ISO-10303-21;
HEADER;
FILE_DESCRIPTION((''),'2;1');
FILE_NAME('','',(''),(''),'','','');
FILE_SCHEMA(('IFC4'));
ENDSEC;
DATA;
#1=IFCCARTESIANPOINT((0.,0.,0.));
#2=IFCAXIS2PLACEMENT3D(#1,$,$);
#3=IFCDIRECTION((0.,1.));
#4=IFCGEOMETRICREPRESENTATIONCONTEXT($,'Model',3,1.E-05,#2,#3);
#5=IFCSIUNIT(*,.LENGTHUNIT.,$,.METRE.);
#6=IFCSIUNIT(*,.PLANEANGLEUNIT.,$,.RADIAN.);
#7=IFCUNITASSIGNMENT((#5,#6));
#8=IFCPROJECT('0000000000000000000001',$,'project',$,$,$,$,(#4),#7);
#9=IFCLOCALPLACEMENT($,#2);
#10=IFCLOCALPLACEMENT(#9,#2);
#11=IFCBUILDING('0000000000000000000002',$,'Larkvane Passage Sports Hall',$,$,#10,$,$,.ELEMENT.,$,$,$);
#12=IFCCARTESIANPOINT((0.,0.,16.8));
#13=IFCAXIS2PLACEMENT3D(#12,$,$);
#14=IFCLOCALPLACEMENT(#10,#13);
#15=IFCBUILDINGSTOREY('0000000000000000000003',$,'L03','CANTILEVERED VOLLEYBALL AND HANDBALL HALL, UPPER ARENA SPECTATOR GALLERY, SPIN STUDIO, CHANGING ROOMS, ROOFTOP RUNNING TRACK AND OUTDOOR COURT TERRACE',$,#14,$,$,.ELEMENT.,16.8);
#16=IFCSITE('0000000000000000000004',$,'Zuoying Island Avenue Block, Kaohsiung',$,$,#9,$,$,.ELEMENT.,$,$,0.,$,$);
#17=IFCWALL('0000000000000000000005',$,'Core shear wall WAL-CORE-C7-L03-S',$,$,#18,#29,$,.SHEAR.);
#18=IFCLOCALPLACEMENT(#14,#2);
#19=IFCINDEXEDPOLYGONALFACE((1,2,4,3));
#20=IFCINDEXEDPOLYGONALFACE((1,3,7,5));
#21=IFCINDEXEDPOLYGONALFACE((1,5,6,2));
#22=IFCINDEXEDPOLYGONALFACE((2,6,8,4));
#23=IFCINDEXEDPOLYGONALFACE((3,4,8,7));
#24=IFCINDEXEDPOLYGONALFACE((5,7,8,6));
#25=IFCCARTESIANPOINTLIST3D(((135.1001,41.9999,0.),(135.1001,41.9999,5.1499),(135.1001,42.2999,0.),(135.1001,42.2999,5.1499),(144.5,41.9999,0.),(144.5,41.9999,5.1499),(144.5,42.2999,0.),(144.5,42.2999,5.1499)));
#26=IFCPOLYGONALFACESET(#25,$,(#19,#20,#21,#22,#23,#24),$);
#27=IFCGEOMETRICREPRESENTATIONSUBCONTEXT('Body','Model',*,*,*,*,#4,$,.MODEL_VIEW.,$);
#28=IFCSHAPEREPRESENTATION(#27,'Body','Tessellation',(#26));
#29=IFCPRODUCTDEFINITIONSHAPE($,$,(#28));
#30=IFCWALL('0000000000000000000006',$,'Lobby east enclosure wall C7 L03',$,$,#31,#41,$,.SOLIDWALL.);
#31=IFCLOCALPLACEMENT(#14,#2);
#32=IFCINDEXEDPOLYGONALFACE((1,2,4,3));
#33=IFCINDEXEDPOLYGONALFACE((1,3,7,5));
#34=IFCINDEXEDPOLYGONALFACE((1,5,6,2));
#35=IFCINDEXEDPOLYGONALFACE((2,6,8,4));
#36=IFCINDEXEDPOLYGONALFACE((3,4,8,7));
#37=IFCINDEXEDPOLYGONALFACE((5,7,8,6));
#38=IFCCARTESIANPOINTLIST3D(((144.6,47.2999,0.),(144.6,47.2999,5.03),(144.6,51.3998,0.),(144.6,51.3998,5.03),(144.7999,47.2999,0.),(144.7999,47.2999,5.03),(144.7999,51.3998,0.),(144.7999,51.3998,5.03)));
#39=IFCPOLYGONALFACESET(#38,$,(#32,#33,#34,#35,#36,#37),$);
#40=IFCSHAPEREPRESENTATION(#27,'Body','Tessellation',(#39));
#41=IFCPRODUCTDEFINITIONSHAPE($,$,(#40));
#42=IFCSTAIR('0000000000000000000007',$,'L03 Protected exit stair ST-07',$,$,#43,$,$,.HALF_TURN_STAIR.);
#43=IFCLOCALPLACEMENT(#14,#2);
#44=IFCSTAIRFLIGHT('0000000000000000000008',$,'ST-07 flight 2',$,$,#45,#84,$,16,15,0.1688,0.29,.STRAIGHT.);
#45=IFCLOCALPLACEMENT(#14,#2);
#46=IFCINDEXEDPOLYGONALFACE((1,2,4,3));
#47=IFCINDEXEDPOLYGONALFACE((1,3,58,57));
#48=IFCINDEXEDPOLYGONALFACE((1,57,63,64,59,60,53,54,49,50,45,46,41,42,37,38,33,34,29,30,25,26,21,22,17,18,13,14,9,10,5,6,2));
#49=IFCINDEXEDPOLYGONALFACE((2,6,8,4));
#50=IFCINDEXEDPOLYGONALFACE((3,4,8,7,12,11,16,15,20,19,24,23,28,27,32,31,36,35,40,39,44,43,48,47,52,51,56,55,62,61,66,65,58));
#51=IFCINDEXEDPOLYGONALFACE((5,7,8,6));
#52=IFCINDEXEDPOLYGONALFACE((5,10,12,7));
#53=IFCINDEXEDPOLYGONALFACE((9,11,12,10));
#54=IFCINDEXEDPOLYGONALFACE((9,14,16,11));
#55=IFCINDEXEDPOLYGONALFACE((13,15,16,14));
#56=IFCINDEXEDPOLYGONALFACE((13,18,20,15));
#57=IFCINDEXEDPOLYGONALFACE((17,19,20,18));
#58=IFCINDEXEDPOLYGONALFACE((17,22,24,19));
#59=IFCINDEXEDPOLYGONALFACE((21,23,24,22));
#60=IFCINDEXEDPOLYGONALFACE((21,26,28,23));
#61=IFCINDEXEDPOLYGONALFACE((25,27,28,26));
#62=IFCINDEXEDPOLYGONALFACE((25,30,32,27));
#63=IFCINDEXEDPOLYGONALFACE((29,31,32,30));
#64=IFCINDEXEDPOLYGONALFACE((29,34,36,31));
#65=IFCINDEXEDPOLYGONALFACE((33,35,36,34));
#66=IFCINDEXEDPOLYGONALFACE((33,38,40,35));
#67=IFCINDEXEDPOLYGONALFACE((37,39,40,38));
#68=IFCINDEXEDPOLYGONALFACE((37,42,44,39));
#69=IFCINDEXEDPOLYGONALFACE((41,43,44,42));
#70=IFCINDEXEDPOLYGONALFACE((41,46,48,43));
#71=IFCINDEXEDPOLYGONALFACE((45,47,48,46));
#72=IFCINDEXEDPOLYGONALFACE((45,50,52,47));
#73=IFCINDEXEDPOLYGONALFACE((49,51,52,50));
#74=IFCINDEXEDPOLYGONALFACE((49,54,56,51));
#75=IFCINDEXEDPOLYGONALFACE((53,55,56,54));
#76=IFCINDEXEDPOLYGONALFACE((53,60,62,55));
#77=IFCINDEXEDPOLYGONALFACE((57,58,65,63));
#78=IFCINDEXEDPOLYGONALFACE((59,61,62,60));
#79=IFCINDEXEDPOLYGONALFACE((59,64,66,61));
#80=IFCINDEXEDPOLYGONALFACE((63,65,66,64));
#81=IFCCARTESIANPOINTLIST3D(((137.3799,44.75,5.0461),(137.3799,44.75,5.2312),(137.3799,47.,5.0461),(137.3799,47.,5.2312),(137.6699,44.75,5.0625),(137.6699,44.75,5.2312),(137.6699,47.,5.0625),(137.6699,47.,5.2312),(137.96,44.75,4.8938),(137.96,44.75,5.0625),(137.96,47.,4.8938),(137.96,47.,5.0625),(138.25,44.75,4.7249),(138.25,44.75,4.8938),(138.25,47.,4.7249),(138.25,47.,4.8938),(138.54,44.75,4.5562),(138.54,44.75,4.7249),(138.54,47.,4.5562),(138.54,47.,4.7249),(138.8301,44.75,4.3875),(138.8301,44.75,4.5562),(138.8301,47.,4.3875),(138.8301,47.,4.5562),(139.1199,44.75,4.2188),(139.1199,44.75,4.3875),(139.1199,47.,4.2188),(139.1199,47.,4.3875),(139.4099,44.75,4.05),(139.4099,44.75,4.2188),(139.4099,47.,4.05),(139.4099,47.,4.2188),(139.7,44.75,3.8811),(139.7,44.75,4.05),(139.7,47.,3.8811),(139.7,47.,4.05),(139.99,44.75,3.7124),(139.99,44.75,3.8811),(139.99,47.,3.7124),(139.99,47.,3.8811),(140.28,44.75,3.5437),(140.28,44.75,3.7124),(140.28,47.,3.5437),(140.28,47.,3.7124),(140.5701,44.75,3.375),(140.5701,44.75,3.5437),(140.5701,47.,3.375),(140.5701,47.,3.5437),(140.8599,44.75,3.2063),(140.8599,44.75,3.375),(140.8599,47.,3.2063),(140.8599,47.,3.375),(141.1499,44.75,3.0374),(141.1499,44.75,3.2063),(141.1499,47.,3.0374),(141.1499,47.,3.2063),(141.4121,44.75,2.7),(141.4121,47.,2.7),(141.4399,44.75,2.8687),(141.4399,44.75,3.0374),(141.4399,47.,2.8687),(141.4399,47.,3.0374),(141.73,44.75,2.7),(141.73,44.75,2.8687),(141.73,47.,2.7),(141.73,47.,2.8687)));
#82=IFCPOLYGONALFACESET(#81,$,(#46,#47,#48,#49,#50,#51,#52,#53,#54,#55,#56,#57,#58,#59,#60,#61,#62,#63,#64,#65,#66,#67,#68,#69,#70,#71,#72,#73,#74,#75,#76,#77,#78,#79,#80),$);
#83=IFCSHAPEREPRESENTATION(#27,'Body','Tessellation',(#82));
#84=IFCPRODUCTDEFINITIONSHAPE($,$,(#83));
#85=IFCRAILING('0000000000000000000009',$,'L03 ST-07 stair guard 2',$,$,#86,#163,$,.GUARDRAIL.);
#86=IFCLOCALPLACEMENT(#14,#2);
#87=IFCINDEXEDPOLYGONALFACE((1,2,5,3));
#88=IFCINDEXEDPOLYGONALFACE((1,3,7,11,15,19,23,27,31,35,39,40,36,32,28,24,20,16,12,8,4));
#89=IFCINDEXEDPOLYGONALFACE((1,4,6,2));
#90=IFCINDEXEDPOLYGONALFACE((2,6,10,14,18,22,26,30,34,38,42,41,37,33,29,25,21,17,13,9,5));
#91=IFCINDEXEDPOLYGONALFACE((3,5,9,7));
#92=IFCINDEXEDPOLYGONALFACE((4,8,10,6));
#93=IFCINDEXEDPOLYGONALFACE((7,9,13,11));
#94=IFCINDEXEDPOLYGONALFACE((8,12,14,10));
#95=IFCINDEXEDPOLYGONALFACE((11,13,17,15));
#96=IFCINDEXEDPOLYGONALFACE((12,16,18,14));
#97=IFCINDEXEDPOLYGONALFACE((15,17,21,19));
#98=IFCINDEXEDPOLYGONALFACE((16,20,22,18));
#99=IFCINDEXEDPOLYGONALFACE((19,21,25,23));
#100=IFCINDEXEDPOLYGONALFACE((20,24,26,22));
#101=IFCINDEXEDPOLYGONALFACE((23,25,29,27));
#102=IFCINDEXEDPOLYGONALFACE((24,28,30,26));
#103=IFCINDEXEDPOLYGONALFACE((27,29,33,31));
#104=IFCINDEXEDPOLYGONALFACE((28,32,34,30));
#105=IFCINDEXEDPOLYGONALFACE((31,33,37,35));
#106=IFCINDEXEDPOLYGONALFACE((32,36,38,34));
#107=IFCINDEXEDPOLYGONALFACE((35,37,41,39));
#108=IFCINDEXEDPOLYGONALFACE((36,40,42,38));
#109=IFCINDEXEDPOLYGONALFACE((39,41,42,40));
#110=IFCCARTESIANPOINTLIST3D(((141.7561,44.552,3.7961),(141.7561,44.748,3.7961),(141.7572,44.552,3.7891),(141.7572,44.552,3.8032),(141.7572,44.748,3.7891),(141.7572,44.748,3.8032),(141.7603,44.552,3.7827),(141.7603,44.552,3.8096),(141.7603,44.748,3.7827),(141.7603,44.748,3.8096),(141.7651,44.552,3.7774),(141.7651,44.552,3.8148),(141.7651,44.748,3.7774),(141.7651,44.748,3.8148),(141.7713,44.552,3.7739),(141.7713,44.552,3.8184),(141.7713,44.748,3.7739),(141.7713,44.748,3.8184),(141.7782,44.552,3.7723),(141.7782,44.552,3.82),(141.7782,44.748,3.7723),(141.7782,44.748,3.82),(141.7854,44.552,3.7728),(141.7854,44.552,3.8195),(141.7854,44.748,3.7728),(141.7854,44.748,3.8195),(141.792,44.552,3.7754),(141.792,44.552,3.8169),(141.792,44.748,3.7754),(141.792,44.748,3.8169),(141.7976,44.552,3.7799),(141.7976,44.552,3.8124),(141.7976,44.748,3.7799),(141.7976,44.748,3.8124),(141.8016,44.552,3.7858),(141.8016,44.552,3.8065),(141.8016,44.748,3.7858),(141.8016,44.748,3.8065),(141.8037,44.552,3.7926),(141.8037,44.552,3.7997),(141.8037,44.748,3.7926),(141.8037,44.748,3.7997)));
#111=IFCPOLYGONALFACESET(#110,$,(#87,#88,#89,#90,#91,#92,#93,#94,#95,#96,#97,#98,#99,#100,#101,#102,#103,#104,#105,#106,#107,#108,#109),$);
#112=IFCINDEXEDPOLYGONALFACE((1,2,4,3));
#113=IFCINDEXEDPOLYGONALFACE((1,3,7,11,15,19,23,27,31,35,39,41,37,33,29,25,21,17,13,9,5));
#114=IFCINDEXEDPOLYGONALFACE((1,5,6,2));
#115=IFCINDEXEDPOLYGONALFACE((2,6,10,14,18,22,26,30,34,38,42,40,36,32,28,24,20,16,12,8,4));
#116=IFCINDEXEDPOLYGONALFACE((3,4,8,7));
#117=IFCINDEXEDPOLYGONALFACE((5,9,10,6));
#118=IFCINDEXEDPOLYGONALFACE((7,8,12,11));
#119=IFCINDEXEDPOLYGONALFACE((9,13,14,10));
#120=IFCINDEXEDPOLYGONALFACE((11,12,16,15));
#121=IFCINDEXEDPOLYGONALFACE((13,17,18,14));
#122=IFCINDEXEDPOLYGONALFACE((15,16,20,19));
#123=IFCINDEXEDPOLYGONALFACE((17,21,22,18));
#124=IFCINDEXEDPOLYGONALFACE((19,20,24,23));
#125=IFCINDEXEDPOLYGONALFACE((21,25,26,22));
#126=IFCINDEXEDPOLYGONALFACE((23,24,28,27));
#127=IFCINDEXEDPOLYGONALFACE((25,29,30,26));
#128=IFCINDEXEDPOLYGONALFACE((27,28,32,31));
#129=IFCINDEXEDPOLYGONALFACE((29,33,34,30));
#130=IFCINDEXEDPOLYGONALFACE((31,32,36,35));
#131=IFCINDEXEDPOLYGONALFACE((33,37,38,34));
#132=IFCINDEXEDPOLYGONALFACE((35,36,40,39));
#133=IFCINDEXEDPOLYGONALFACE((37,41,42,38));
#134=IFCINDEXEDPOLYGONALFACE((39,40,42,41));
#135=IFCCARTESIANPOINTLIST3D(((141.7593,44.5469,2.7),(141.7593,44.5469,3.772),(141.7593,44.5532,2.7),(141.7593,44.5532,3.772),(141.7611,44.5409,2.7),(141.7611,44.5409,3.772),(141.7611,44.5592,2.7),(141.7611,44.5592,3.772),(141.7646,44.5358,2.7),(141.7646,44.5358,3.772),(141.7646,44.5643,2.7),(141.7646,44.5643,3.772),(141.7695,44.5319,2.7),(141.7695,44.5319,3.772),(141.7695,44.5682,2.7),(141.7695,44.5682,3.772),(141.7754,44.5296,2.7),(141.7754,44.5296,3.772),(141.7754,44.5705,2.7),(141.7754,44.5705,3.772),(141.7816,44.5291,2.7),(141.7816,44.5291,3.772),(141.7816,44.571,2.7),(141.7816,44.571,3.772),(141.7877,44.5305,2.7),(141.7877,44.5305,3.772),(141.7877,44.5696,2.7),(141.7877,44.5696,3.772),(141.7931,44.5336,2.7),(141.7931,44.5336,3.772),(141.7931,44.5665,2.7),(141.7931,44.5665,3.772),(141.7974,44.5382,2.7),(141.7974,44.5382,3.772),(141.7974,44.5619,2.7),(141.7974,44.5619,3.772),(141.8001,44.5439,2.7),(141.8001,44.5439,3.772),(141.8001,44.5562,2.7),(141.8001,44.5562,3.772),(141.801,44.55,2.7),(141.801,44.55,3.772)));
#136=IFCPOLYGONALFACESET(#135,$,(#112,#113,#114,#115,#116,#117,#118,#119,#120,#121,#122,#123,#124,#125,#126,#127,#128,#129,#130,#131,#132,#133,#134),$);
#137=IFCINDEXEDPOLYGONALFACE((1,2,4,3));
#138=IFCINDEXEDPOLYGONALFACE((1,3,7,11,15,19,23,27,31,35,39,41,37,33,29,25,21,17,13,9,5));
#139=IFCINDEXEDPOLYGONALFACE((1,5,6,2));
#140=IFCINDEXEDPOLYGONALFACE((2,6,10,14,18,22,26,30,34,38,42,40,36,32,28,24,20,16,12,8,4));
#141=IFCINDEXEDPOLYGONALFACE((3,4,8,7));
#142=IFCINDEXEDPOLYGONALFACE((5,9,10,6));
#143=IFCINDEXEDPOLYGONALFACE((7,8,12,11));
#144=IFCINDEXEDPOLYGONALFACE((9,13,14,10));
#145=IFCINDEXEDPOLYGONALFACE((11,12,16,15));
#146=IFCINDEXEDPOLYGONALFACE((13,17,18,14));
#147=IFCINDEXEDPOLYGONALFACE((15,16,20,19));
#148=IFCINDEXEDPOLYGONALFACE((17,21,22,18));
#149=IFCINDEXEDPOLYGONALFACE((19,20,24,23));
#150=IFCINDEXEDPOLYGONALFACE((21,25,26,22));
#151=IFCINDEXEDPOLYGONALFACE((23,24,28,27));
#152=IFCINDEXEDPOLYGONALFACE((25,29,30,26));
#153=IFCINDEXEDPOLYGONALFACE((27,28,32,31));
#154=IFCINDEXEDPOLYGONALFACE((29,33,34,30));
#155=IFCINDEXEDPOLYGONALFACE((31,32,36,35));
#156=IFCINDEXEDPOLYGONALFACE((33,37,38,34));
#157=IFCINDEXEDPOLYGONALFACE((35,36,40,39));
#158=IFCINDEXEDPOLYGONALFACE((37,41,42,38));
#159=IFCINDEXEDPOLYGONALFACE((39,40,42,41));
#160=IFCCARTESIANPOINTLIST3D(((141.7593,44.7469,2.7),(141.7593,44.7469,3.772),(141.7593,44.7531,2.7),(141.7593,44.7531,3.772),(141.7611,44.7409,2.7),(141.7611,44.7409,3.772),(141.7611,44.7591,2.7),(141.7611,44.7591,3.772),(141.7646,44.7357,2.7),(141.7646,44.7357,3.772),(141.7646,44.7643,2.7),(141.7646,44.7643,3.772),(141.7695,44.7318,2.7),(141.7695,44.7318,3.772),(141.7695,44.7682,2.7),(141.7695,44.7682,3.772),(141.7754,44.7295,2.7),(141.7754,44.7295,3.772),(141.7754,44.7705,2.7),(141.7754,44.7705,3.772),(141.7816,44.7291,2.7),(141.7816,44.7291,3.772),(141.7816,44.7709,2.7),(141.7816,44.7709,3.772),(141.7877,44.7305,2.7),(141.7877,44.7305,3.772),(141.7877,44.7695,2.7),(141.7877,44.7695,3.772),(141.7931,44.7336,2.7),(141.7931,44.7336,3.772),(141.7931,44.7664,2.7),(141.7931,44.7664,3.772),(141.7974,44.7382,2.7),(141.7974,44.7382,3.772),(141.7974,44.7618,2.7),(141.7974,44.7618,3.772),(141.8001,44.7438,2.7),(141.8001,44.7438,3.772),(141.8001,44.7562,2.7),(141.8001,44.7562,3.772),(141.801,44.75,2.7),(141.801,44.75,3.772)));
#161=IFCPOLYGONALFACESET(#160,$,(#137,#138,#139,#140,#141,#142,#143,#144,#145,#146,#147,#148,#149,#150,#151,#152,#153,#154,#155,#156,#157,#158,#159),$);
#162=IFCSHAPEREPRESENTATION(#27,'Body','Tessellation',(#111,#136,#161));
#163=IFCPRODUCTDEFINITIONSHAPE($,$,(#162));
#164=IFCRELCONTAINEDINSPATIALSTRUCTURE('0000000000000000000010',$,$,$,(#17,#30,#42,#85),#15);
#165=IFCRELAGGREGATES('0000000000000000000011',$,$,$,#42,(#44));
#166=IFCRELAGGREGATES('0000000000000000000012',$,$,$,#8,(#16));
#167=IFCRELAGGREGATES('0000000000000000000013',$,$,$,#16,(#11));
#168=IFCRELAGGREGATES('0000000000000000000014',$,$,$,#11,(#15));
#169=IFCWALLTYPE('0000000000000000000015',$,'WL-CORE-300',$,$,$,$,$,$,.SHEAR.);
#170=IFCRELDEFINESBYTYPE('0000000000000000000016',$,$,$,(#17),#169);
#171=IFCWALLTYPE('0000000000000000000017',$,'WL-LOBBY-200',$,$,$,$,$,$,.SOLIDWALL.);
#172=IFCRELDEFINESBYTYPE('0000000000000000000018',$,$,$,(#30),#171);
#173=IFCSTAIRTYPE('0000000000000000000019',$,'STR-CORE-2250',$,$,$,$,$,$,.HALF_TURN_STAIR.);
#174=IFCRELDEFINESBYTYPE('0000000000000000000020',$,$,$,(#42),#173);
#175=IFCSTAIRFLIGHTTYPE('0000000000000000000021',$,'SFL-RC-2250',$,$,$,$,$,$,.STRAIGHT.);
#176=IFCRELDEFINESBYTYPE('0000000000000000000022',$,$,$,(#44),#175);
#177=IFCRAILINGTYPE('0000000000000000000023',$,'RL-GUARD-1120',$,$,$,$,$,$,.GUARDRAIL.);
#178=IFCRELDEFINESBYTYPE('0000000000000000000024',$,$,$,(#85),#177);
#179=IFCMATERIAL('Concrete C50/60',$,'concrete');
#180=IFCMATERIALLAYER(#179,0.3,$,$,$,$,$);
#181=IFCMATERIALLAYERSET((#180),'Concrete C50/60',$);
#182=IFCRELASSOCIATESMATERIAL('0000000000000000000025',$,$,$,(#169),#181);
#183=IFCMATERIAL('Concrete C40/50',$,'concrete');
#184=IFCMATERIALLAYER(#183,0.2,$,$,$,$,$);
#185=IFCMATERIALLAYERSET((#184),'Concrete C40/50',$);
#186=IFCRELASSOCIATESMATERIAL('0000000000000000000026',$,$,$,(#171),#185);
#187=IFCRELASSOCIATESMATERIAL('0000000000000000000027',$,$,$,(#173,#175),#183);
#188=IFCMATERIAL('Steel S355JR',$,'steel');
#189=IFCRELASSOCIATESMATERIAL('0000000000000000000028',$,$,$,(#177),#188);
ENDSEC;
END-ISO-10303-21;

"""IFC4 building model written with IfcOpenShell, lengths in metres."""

from ifc_helpers import new_model, si_unit, direction, frame, frame_2d, origin, origin_2d, place, context, subcontext, project, spatial, polyline, rectangle, circle, outline, extrude, material, layer, layer_set, type_object, element, aggregate, save


model = new_model("IFC4")

# Units and contexts
model_context = context("Model", 3, precision=1e-05, world=origin(), true_north=direction((0.0, 1.0)))
body_context = subcontext(model_context, "Body", "Model", "MODEL_VIEW")
ifc_project = project(units=[si_unit("LENGTHUNIT", "METRE"), si_unit("PLANEANGLEUNIT", "RADIAN")], contexts=[model_context])

# Site, building, storey
site_placement = place(None, origin())
site = spatial("IfcSite", under=ifc_project, at=site_placement, Name="Zuoying Island Avenue Block, Kaohsiung", CompositionType="ELEMENT", RefElevation=0.0)
building_placement = place(site_placement, origin())
building = spatial("IfcBuilding", under=site, at=building_placement, Name="Larkvane Passage Sports Hall", CompositionType="ELEMENT")
storey_placement = place(building_placement, frame((0.0, 0.0, 16.8)))
storey = spatial("IfcBuildingStorey", under=building, at=storey_placement, Name="L03", Description="CANTILEVERED VOLLEYBALL AND HANDBALL HALL, UPPER ARENA SPECTATOR GALLERY, SPIN STUDIO, CHANGING ROOMS, ROOFTOP RUNNING TRACK AND OUTDOOR COURT TERRACE", CompositionType="ELEMENT", Elevation=16.8)

# Walls
ifc_material_1 = material(Name="Concrete C50/60", Category="concrete")
ifc_layer_1 = layer(ifc_material_1, 0.3)
ifc_layer_set_1 = layer_set([ifc_layer_1], Name="Concrete C50/60")
wall_type_1 = type_object("IfcWallType", Name="WL-CORE-300", PredefinedType="SHEAR", material=ifc_layer_set_1)
wall_1_placement = place(storey_placement, frame((144.5, 42.1499, 0.0), z_axis=(0.0, 0.0, 1.0), x_axis=(-1.0, 0.0, 0.0)))
element("IfcWall", 1, at=wall_1_placement, inside=storey, type_object=wall_type_1, Name="Core shear wall WAL-CORE-C7-L03-S", PredefinedType="SHEAR", context=body_context, shape_type="SweptSolid", body=[
    extrude(rectangle(XDim=9.3999, YDim=0.3, at=frame_2d((4.7, 0.0))), origin(), (0.0, 0.0, 1.0), 5.1499),
])
ifc_material_2 = material(Name="Concrete C40/50", Category="concrete")
ifc_layer_2 = layer(ifc_material_2, 0.2)
ifc_layer_set_2 = layer_set([ifc_layer_2], Name="Concrete C40/50")
wall_type_2 = type_object("IfcWallType", Name="WL-LOBBY-200", PredefinedType="SOLIDWALL", material=ifc_layer_set_2)
wall_2_placement = place(storey_placement, frame((144.7, 47.3, 0.0), z_axis=(0.0, 0.0, 1.0), x_axis=(0.0, 1.0, 0.0)))
element("IfcWall", 2, at=wall_2_placement, inside=storey, type_object=wall_type_2, Name="Lobby east enclosure wall C7 L03", PredefinedType="SOLIDWALL", context=body_context, shape_type="SweptSolid", body=[
    extrude(rectangle(XDim=4.0999, YDim=0.2, at=frame_2d((2.0498, 0.0))), origin(), (0.0, 0.0, 1.0), 5.03),
])

# Stair, stair flight
stair_type = type_object("IfcStairType", Name="STR-CORE-2250", PredefinedType="HALF_TURN_STAIR", material=ifc_material_2)
stair_placement = place(storey_placement, origin())
stair = element("IfcStair", 3, at=stair_placement, inside=storey, type_object=stair_type, Name="L03 Protected exit stair ST-07", PredefinedType="HALF_TURN_STAIR")
stair_flight_type = type_object("IfcStairFlightType", Name="SFL-RC-2250", PredefinedType="STRAIGHT", material=ifc_material_2)
stair_flight_placement = place(storey_placement, frame((141.73, 45.875, 2.7), z_axis=(0.0, 0.0, 1.0), x_axis=(-1.0, 0.0, 0.0)))
stair_flight = element("IfcStairFlight", 4, at=stair_flight_placement, type_object=stair_flight_type, Name="ST-07 flight 2", NumberOfRisers=16, NumberOfTreads=15, PredefinedType="STRAIGHT", RiserHeight=0.1688, TreadLength=0.29, context=body_context, shape_type="SweptSolid", body=[
    extrude(outline(polyline([(0.0, 0.0), (0.0, 0.1687), (0.29, 0.1687), (0.29, 0.3374), (0.5801, 0.3374), (0.5801, 0.5063), (0.8701, 0.5063), (0.8701, 0.675), (1.1599, 0.675), (1.1599, 0.8438), (1.45, 0.8438), (1.45, 1.0125), (1.74, 1.0125), (1.74, 1.1812), (2.03, 1.1812), (2.03, 1.3501), (2.3201, 1.3501), (2.3201, 1.5188), (2.6101, 1.5188), (2.6101, 1.6875), (2.8999, 1.6875), (2.8999, 1.8562), (3.1899, 1.8562), (3.1899, 2.0249), (3.48, 2.0249), (3.48, 2.1938), (3.77, 2.1938), (3.77, 2.3625), (4.0601, 2.3625), (4.0601, 2.5312), (4.3501, 2.5312), (4.3501, 2.7), (4.3501, 2.3462), (0.3179, 0.0), (0.0, 0.0)])), frame((0.0, 1.125, 0.0), z_axis=(0.0, -1.0, 0.0), x_axis=(1.0, 0.0, 0.0)), (0.0, 0.0, 1.0), 2.25),
])
aggregate(stair, [stair_flight])

# Railing
ifc_material_3 = material(Name="Steel S355JR", Category="steel")
railing_type_1 = type_object("IfcRailingType", Name="RL-GUARD-1120", PredefinedType="GUARDRAIL", material=ifc_material_3)
railing_1_placement = place(storey_placement, frame((141.78, 44.55, 2.7)))
element("IfcRailing", 5, at=railing_1_placement, inside=storey, type_object=railing_type_1, Name="L03 ST-07 stair guard 2", PredefinedType="GUARDRAIL", context=body_context, shape_type="SweptSolid", body=[
    extrude(circle(Radius=0.0239, at=origin_2d()), frame((0.0, 0.002, 1.0962), z_axis=(0.0, 1.0, 0.0), x_axis=(-1.0, 0.0, 0.0)), (0.0, 0.0, 1.0), 0.196),
    extrude(circle(Radius=0.021, at=origin_2d()), origin(), (0.0, 0.0, 1.0), 1.072),
    extrude(circle(Radius=0.021, at=origin_2d()), frame((0.0, 0.2, 0.0)), (0.0, 0.0, 1.0), 1.072),
])

save(model, "model.ifc")
